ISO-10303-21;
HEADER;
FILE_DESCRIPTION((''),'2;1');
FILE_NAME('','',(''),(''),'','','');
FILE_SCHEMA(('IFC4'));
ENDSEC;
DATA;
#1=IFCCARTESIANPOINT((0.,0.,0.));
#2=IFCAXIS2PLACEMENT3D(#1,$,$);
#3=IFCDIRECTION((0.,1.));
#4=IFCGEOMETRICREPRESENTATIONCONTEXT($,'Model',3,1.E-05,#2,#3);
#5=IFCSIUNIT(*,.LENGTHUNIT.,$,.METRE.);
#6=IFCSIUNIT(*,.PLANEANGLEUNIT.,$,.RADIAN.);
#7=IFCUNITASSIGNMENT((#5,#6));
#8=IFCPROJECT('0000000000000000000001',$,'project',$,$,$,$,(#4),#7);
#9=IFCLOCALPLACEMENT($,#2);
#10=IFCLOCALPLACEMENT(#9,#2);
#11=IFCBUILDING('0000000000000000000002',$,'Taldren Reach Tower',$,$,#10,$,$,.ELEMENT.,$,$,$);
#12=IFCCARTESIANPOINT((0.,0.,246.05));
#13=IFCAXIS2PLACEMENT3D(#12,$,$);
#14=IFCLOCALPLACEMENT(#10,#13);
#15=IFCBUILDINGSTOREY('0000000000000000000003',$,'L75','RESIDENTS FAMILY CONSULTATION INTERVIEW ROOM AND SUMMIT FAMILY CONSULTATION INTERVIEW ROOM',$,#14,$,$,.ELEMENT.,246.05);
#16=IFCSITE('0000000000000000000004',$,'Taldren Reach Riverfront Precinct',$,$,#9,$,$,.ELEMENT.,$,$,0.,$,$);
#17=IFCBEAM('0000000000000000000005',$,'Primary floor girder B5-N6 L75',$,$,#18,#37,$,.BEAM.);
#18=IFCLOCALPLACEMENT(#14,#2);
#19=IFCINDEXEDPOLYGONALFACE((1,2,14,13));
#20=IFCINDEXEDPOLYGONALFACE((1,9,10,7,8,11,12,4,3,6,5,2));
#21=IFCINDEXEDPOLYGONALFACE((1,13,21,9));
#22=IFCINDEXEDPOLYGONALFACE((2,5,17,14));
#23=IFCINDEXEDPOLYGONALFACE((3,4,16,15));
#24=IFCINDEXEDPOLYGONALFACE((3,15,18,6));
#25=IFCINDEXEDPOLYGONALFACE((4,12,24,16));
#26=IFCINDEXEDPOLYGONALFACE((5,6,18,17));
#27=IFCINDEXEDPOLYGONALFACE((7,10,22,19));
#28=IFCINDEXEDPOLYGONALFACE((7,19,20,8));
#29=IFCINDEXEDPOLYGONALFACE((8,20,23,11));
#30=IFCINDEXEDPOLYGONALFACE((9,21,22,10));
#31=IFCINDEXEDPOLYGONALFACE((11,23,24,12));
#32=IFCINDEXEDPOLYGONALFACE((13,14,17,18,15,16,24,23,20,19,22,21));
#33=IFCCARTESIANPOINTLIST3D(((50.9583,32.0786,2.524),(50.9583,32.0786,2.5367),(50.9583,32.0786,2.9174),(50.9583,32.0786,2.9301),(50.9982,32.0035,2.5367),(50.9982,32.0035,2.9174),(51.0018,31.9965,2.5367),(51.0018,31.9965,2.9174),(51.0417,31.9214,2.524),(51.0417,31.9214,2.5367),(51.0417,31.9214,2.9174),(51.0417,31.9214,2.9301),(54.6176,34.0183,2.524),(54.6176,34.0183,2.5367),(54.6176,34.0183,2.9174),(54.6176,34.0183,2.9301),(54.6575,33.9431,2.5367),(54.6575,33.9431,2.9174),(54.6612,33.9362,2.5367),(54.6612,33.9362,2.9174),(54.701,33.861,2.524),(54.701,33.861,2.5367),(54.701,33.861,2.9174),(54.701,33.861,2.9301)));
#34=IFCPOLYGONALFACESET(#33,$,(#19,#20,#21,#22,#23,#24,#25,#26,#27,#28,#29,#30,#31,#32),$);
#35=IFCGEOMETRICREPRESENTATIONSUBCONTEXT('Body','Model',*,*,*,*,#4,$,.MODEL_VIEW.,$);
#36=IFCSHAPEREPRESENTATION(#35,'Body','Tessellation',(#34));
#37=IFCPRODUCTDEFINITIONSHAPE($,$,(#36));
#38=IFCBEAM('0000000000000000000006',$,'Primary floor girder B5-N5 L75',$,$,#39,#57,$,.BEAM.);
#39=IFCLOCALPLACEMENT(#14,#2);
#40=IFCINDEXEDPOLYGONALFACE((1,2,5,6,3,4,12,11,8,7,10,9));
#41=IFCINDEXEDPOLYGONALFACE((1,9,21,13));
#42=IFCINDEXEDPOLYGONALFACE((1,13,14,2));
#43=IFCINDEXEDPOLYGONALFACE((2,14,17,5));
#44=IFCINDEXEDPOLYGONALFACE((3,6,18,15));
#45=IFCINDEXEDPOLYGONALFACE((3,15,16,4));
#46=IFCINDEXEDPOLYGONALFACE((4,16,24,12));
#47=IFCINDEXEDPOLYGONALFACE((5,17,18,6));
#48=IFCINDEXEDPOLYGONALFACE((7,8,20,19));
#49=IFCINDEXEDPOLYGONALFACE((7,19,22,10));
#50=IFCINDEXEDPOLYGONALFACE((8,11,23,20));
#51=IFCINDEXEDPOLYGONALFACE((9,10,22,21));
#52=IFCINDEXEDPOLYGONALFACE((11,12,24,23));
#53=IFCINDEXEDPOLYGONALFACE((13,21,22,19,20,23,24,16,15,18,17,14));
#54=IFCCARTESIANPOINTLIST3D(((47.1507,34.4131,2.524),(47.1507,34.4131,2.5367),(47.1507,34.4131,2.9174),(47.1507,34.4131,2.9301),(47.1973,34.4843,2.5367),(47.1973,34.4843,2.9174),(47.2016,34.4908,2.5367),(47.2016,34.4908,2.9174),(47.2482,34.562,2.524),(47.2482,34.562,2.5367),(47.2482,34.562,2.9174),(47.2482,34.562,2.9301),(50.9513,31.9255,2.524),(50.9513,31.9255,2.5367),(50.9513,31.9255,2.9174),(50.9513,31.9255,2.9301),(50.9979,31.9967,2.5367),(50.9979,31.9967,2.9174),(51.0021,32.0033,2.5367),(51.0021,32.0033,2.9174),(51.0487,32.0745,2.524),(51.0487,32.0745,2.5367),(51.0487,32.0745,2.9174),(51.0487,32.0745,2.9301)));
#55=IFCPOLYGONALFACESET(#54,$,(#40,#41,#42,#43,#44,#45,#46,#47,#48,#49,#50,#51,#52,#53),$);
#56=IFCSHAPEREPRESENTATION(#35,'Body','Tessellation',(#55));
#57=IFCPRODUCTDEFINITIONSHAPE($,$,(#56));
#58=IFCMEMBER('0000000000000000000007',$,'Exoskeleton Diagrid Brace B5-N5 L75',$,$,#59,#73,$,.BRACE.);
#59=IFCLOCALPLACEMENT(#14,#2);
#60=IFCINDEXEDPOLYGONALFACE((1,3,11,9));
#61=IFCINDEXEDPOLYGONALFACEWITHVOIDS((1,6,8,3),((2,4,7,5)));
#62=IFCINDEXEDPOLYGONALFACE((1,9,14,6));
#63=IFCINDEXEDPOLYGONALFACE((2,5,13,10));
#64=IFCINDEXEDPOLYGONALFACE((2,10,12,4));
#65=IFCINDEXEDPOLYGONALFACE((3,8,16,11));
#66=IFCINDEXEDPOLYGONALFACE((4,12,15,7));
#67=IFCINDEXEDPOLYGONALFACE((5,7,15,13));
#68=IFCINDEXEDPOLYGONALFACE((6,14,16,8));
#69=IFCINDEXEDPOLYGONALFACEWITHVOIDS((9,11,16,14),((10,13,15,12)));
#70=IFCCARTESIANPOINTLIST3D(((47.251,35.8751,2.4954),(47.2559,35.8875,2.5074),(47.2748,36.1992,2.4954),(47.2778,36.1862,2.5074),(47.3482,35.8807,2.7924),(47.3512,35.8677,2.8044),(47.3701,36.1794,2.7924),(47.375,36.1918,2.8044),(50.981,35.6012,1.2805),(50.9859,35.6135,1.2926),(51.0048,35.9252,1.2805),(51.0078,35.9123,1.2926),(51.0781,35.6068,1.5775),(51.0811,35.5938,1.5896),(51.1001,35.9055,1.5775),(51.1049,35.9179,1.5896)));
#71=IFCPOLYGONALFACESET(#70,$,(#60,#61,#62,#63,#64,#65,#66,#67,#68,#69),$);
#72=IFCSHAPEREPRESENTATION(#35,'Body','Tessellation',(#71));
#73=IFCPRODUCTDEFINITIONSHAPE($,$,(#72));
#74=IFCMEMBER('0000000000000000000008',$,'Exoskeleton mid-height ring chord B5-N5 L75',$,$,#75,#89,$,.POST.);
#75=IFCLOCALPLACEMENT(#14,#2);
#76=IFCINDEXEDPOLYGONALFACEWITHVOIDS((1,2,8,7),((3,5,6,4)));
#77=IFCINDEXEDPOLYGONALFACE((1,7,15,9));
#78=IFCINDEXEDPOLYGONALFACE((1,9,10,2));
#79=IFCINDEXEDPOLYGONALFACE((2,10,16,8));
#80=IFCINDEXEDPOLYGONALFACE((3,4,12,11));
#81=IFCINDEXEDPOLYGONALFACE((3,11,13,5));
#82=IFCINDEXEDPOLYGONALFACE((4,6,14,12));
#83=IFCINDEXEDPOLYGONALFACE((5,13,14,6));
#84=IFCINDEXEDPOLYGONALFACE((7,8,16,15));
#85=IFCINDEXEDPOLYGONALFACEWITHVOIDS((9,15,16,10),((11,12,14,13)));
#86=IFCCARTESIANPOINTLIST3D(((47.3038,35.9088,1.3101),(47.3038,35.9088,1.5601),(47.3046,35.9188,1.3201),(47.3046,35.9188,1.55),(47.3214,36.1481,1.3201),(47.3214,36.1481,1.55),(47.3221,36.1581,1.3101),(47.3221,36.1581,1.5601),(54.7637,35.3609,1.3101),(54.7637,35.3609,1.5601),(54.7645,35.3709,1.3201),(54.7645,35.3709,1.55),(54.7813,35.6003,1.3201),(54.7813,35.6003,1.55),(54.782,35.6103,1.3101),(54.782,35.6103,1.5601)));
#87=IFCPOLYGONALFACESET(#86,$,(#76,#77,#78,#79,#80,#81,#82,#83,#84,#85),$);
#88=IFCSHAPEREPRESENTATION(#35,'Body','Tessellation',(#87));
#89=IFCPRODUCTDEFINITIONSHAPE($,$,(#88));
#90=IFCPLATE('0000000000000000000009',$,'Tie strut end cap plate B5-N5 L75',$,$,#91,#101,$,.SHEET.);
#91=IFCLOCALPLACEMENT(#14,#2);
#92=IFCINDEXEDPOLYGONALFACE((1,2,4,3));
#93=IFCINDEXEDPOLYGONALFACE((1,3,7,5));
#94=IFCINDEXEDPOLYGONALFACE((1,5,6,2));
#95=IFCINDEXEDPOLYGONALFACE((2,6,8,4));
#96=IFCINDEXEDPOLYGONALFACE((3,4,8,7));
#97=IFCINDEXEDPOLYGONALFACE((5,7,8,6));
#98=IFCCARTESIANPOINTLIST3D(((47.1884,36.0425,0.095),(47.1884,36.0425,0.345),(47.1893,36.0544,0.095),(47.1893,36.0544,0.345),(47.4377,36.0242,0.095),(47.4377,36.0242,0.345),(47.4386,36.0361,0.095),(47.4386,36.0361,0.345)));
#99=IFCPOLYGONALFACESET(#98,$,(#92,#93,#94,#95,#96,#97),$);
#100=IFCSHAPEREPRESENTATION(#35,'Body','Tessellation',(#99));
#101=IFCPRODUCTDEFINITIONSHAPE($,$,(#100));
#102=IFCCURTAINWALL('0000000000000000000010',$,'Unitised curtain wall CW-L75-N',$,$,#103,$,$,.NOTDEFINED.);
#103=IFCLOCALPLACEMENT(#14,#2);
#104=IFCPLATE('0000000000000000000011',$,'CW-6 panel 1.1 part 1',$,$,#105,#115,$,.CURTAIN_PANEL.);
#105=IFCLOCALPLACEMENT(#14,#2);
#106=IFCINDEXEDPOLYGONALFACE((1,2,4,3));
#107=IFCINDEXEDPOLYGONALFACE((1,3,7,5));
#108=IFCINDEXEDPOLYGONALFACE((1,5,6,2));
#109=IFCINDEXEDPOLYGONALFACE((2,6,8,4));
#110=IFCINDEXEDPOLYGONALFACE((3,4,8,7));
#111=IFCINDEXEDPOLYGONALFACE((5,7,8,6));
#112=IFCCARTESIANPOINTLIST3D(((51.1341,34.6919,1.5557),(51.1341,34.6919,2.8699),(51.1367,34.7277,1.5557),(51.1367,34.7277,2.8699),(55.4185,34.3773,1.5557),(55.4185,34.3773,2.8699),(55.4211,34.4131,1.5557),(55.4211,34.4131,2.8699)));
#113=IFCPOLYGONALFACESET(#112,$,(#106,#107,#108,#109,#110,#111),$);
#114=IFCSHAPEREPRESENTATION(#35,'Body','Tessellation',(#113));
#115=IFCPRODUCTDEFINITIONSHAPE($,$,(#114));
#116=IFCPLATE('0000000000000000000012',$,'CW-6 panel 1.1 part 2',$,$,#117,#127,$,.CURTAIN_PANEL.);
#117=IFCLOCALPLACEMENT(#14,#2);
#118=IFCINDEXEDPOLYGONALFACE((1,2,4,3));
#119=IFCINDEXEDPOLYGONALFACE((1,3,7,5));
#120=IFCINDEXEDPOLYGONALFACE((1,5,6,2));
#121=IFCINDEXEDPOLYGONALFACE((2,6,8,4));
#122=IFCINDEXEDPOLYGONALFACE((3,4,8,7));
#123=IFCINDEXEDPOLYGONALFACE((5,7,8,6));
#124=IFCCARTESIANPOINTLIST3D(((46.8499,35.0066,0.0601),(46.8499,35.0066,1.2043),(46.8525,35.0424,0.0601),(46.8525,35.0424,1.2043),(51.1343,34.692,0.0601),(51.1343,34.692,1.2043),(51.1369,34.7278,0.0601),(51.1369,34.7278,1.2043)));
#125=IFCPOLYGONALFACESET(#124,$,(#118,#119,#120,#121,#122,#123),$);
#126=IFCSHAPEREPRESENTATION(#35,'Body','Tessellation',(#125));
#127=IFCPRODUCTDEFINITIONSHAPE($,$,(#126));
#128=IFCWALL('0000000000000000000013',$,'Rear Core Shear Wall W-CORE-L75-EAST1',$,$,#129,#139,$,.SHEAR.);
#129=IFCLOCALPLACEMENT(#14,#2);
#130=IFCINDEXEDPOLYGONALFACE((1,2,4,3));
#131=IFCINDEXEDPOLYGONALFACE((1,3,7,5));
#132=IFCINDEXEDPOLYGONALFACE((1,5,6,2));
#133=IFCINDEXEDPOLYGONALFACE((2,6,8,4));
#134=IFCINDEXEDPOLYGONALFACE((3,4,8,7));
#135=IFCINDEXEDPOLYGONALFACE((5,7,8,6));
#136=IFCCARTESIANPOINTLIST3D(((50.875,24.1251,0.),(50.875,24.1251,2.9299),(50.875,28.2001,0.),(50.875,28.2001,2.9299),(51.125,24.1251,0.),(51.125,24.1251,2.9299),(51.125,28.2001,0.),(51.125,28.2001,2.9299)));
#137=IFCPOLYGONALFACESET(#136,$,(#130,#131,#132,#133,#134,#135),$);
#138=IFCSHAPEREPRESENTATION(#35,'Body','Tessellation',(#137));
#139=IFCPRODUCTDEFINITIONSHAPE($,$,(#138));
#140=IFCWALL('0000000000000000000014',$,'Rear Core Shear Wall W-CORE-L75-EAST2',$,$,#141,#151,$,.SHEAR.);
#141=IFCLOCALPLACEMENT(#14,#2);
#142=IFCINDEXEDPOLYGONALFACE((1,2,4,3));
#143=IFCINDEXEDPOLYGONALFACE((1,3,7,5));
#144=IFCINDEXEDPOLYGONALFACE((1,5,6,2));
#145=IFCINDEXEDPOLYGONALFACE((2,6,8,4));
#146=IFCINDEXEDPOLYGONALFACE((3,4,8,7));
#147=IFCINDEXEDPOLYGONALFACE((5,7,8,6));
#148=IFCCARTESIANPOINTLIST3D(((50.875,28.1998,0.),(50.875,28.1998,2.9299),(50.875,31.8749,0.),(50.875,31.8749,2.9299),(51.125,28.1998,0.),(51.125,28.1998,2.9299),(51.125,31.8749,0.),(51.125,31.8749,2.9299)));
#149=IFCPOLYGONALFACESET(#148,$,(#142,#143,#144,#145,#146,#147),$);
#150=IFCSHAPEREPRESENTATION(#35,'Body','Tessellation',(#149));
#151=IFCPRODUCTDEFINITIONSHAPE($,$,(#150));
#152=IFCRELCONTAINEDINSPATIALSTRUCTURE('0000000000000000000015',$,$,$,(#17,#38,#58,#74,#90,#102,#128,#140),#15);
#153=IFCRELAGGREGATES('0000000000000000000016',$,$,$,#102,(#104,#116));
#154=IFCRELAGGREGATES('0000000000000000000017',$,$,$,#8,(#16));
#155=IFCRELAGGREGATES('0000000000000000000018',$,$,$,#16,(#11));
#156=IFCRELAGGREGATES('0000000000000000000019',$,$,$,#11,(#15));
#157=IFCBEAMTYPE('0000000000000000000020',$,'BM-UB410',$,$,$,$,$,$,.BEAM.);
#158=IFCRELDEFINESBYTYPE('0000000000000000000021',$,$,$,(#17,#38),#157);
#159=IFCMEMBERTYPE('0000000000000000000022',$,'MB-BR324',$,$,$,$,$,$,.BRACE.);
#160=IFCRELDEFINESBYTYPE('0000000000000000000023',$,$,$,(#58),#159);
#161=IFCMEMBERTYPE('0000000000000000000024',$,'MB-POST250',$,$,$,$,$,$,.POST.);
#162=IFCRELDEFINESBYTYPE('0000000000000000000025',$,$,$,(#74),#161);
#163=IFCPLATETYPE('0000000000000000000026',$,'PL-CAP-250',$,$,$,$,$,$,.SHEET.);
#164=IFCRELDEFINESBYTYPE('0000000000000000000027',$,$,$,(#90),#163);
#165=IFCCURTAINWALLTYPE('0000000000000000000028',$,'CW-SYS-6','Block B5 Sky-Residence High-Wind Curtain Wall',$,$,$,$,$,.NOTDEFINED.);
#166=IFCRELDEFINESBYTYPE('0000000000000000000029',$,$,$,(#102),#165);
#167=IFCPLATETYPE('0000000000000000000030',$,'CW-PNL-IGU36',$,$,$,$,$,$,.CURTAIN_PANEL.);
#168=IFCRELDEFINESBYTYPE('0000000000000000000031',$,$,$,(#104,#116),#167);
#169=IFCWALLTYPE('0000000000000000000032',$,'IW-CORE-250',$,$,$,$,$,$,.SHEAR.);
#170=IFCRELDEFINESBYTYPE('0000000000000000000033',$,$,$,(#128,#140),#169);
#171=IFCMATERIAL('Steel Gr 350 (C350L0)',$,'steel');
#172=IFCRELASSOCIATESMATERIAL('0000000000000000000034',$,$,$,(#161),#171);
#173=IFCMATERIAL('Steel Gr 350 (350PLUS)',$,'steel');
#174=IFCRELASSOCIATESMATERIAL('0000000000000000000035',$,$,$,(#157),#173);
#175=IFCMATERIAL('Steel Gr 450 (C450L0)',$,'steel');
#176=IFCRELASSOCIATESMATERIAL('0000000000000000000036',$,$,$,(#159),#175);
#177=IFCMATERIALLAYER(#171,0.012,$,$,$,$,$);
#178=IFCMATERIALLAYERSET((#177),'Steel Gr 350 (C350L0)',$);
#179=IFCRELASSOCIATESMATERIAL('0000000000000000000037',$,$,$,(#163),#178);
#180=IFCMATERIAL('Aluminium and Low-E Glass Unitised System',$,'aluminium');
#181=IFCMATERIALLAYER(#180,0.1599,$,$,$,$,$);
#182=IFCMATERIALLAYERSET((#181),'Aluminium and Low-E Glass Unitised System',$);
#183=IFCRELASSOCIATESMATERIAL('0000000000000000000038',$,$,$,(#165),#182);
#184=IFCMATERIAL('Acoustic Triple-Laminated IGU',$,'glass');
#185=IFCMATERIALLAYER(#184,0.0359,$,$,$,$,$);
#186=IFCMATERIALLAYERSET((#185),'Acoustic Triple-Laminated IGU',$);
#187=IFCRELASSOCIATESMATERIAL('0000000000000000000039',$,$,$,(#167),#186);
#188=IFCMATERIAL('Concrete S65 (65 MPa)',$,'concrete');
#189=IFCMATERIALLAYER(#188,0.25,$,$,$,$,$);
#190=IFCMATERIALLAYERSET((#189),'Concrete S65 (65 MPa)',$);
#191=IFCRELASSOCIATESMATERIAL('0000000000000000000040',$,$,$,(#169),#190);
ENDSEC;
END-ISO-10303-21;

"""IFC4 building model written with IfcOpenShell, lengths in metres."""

from ifc_helpers import new_model, si_unit, direction, frame, frame_2d, origin, origin_2d, place, context, subcontext, project, spatial, rectangle, hollow_rectangle, i_section, extrude, source, transform, mapped, material, layer, layer_set, material_profile, profile_set, type_object, element, aggregate, save


model = new_model("IFC4")

# Units and contexts
model_context = context("Model", 3, precision=1e-05, world=origin(), true_north=direction((0.0, 1.0)))
body_context = subcontext(model_context, "Body", "Model", "MODEL_VIEW")
ifc_project = project(units=[si_unit("LENGTHUNIT", "METRE"), si_unit("PLANEANGLEUNIT", "RADIAN")], contexts=[model_context])

# Site, building, storey
site_placement = place(None, origin())
site = spatial("IfcSite", under=ifc_project, at=site_placement, Name="Taldren Reach Riverfront Precinct", CompositionType="ELEMENT", RefElevation=0.0)
building_placement = place(site_placement, origin())
building = spatial("IfcBuilding", under=site, at=building_placement, Name="Taldren Reach Tower", CompositionType="ELEMENT")
storey_placement = place(building_placement, frame((0.0, 0.0, 246.05)))
storey = spatial("IfcBuildingStorey", under=building, at=storey_placement, Name="L75", Description="RESIDENTS FAMILY CONSULTATION INTERVIEW ROOM AND SUMMIT FAMILY CONSULTATION INTERVIEW ROOM", CompositionType="ELEMENT", Elevation=246.05)

# Shared definitions
ifc_material_1 = material(Name="Steel Gr 450 (C450L0)", Category="steel")
ifc_material_2 = material(Name="Steel Gr 350 (350PLUS)", Category="steel")

# Shared definitions
ifc_material_3 = material(Name="Steel Gr 350 (C350L0)", Category="steel")
ifc_material_profile_1 = material_profile(ifc_material_3, hollow_rectangle(XDim=0.25, YDim=0.25, WallThickness=0.01, at=origin_2d()), Name="250x250x10.0SHS")
ifc_profile_set_1 = profile_set([ifc_material_profile_1], Name="Steel Gr 350 (C350L0)")
member_type_1 = type_object("IfcMemberType", Name="MB-POST250", PredefinedType="POST", material=ifc_profile_set_1)

# Beams
ifc_material_profile_2 = material_profile(ifc_material_2, i_section(OverallWidth=0.178, OverallDepth=0.406, WebThickness=0.0078, FlangeThickness=0.0127, at=origin_2d()), Name="410UB59.7")
ifc_profile_set_2 = profile_set([ifc_material_profile_2], Name="Steel Gr 350 (350PLUS)")
beam_type_1 = type_object("IfcBeamType", Name="BM-UB410", PredefinedType="BEAM", material=ifc_profile_set_2)
shared_shape_1 = source(origin(), body_context, "Body", "SweptSolid", [
    extrude(i_section(OverallWidth=0.178, OverallDepth=0.406, WebThickness=0.0078, FlangeThickness=0.0127, at=origin_2d()), origin(), (0.0, 0.0, 1.0), 4.1416),
])
beam_1_placement = place(storey_placement, frame((51.0, 32.0, 2.7271), z_axis=(0.883553, 0.468332, 0.0), x_axis=(-0.468332, 0.883553, 0.0)))
element("IfcBeam", 1, at=beam_1_placement, inside=storey, type_object=beam_type_1, Name="Primary floor girder B5-N6 L75", PredefinedType="BEAM", context=body_context, shape_type="MappedRepresentation", body=[
    mapped(shared_shape_1, transform((0.0, 0.0, 0.0), scale=1.0)),
])
shared_shape_2 = source(origin(), body_context, "Body", "SweptSolid", [
    extrude(i_section(OverallWidth=0.178, OverallDepth=0.406, WebThickness=0.0078, FlangeThickness=0.0127, at=origin_2d()), origin(), (0.0, 0.0, 1.0), 4.5422),
])
beam_2_placement = place(storey_placement, frame((51.0, 32.0, 2.7271), z_axis=(-0.836709, 0.547648, 0.0), x_axis=(-0.547648, -0.836709, 0.0)))
element("IfcBeam", 2, at=beam_2_placement, inside=storey, type_object=beam_type_1, Name="Primary floor girder B5-N5 L75", PredefinedType="BEAM", context=body_context, shape_type="MappedRepresentation", body=[
    mapped(shared_shape_2, transform((0.0, 0.0, 0.0), scale=1.0)),
])

# Members
ifc_material_profile_3 = material_profile(ifc_material_1, hollow_rectangle(XDim=0.325, YDim=0.325, WallThickness=0.0127, at=origin_2d()), Name="325x325x12.7SHS")
ifc_profile_set_3 = profile_set([ifc_material_profile_3], Name="Steel Gr 450 (C450L0)")
member_type_2 = type_object("IfcMemberType", Name="MB-BR324", PredefinedType="BRACE", material=ifc_profile_set_3)
shared_shape_3 = source(origin(), body_context, "Body", "SweptSolid", [
    extrude(hollow_rectangle(XDim=0.325, YDim=0.325, WallThickness=0.0127, at=origin_2d()), origin(), (0.0, 0.0, 1.0), 3.9324),
])
member_1_placement = place(storey_placement, frame((51.043, 35.7595, 1.4351), z_axis=(-0.948529, 0.069659, 0.308933), x_axis=(-0.073242, -0.997314, 0.0)))
element("IfcMember", 3, at=member_1_placement, inside=storey, type_object=member_type_2, Name="Exoskeleton Diagrid Brace B5-N5 L75", PredefinedType="BRACE", context=body_context, shape_type="MappedRepresentation", body=[
    mapped(shared_shape_3, transform((0.0, 0.0, 0.0), scale=1.0)),
])
shared_shape_4 = source(origin(), body_context, "Body", "SweptSolid", [
    extrude(hollow_rectangle(XDim=0.25, YDim=0.25, WallThickness=0.01, at=origin_2d()), origin(), (0.0, 0.0, 1.0), 7.48),
])
member_2_placement = place(storey_placement, frame((47.313, 36.0334, 1.4351), z_axis=(0.997314, -0.073242, 0.0), x_axis=(0.073242, 0.997314, 0.0)))
element("IfcMember", 4, at=member_2_placement, inside=storey, type_object=member_type_1, Name="Exoskeleton mid-height ring chord B5-N5 L75", PredefinedType="POST", context=body_context, shape_type="MappedRepresentation", body=[
    mapped(shared_shape_4, transform((0.0, 0.0, 0.0), scale=1.0)),
])

# Plate
ifc_layer_1 = layer(ifc_material_3, 0.012)
ifc_layer_set_1 = layer_set([ifc_layer_1], Name="Steel Gr 350 (C350L0)")
plate_type_1 = type_object("IfcPlateType", Name="PL-CAP-250", PredefinedType="SHEET", material=ifc_layer_set_1)
shared_shape_5 = source(origin(), body_context, "Body", "SweptSolid", [
    extrude(rectangle(XDim=0.25, YDim=0.012, at=origin_2d()), origin(), (0.0, 0.0, 1.0), 0.25),
])
plate_1_placement = place(storey_placement, frame((47.3135, 36.0393, 0.095), z_axis=(0.0, 0.0, 1.0), x_axis=(0.997314, -0.073238, 0.0)))
element("IfcPlate", 5, at=plate_1_placement, inside=storey, type_object=plate_type_1, Name="Tie strut end cap plate B5-N5 L75", PredefinedType="SHEET", context=body_context, shape_type="MappedRepresentation", body=[
    mapped(shared_shape_5, transform((0.0, 0.0, 0.0), scale=1.0)),
])

# Curtain wall, plates
ifc_material_4 = material(Name="Aluminium and Low-E Glass Unitised System", Category="aluminium")
ifc_layer_2 = layer(ifc_material_4, 0.1599)
ifc_layer_set_2 = layer_set([ifc_layer_2], Name="Aluminium and Low-E Glass Unitised System")
curtain_wall_type = type_object("IfcCurtainWallType", Name="CW-SYS-6", Description="Block B5 Sky-Residence High-Wind Curtain Wall", PredefinedType="NOTDEFINED", material=ifc_layer_set_2)
curtain_wall_placement = place(storey_placement, origin())
curtain_wall = element("IfcCurtainWall", 6, at=curtain_wall_placement, inside=storey, type_object=curtain_wall_type, Name="Unitised curtain wall CW-L75-N", PredefinedType="NOTDEFINED")
ifc_material_5 = material(Name="Acoustic Triple-Laminated IGU", Category="glass")
ifc_layer_3 = layer(ifc_material_5, 0.0359)
ifc_layer_set_3 = layer_set([ifc_layer_3], Name="Acoustic Triple-Laminated IGU")
plate_type_2 = type_object("IfcPlateType", Name="CW-PNL-IGU36", PredefinedType="CURTAIN_PANEL", material=ifc_layer_set_3)
shared_shape_6 = source(origin(), body_context, "Body", "SweptSolid", [
    extrude(rectangle(XDim=4.2959, YDim=0.0359, at=origin_2d()), origin(), (0.0, 0.0, 1.0), 1.3142),
])
plate_2_placement = place(storey_placement, frame((53.2776, 34.5525, 1.5557), z_axis=(0.0, 0.0, 1.0), x_axis=(-0.997314, 0.073238, 0.0)))
plate_2 = element("IfcPlate", 7, at=plate_2_placement, type_object=plate_type_2, Name="CW-6 panel 1.1 part 1", PredefinedType="CURTAIN_PANEL", context=body_context, shape_type="MappedRepresentation", body=[
    mapped(shared_shape_6, transform((0.0, 0.0, 0.0), scale=1.0)),
])
shared_shape_7 = source(origin(), body_context, "Body", "SweptSolid", [
    extrude(rectangle(XDim=4.2959, YDim=0.0359, at=origin_2d()), origin(), (0.0, 0.0, 1.0), 1.1443),
])
plate_3_placement = place(storey_placement, frame((48.9934, 34.8672, 0.0601), z_axis=(0.0, 0.0, 1.0), x_axis=(-0.997314, 0.073238, 0.0)))
plate_3 = element("IfcPlate", 8, at=plate_3_placement, type_object=plate_type_2, Name="CW-6 panel 1.1 part 2", PredefinedType="CURTAIN_PANEL", context=body_context, shape_type="MappedRepresentation", body=[
    mapped(shared_shape_7, transform((0.0, 0.0, 0.0), scale=1.0)),
])
aggregate(curtain_wall, [plate_2, plate_3])

# Walls
ifc_material_6 = material(Name="Concrete S65 (65 MPa)", Category="concrete")
ifc_layer_4 = layer(ifc_material_6, 0.25)
ifc_layer_set_4 = layer_set([ifc_layer_4], Name="Concrete S65 (65 MPa)")
wall_type_1 = type_object("IfcWallType", Name="IW-CORE-250", PredefinedType="SHEAR", material=ifc_layer_set_4)
shared_shape_8 = source(origin(), body_context, "Body", "SweptSolid", [
    extrude(rectangle(XDim=4.075, YDim=0.25, at=frame_2d((2.0376, 0.0))), origin(), (0.0, 0.0, 1.0), 2.9299),
])
wall_1_placement = place(storey_placement, frame((51.0, 24.125, 0.0), z_axis=(0.0, 0.0, 1.0), x_axis=(0.0, 1.0, 0.0)))
element("IfcWall", 9, at=wall_1_placement, inside=storey, type_object=wall_type_1, Name="Rear Core Shear Wall W-CORE-L75-EAST1", PredefinedType="SHEAR", context=body_context, shape_type="MappedRepresentation", body=[
    mapped(shared_shape_8, transform((0.0, 0.0, 0.0), scale=1.0)),
])
shared_shape_9 = source(origin(), body_context, "Body", "SweptSolid", [
    extrude(rectangle(XDim=3.675, YDim=0.25, at=frame_2d((1.8374, 0.0))), origin(), (0.0, 0.0, 1.0), 2.9299),
])
wall_2_placement = place(storey_placement, frame((51.0, 28.2, 0.0), z_axis=(0.0, 0.0, 1.0), x_axis=(0.0, 1.0, 0.0)))
element("IfcWall", 10, at=wall_2_placement, inside=storey, type_object=wall_type_1, Name="Rear Core Shear Wall W-CORE-L75-EAST2", PredefinedType="SHEAR", context=body_context, shape_type="MappedRepresentation", body=[
    mapped(shared_shape_9, transform((0.0, 0.0, 0.0), scale=1.0)),
])

save(model, "model.ifc")
